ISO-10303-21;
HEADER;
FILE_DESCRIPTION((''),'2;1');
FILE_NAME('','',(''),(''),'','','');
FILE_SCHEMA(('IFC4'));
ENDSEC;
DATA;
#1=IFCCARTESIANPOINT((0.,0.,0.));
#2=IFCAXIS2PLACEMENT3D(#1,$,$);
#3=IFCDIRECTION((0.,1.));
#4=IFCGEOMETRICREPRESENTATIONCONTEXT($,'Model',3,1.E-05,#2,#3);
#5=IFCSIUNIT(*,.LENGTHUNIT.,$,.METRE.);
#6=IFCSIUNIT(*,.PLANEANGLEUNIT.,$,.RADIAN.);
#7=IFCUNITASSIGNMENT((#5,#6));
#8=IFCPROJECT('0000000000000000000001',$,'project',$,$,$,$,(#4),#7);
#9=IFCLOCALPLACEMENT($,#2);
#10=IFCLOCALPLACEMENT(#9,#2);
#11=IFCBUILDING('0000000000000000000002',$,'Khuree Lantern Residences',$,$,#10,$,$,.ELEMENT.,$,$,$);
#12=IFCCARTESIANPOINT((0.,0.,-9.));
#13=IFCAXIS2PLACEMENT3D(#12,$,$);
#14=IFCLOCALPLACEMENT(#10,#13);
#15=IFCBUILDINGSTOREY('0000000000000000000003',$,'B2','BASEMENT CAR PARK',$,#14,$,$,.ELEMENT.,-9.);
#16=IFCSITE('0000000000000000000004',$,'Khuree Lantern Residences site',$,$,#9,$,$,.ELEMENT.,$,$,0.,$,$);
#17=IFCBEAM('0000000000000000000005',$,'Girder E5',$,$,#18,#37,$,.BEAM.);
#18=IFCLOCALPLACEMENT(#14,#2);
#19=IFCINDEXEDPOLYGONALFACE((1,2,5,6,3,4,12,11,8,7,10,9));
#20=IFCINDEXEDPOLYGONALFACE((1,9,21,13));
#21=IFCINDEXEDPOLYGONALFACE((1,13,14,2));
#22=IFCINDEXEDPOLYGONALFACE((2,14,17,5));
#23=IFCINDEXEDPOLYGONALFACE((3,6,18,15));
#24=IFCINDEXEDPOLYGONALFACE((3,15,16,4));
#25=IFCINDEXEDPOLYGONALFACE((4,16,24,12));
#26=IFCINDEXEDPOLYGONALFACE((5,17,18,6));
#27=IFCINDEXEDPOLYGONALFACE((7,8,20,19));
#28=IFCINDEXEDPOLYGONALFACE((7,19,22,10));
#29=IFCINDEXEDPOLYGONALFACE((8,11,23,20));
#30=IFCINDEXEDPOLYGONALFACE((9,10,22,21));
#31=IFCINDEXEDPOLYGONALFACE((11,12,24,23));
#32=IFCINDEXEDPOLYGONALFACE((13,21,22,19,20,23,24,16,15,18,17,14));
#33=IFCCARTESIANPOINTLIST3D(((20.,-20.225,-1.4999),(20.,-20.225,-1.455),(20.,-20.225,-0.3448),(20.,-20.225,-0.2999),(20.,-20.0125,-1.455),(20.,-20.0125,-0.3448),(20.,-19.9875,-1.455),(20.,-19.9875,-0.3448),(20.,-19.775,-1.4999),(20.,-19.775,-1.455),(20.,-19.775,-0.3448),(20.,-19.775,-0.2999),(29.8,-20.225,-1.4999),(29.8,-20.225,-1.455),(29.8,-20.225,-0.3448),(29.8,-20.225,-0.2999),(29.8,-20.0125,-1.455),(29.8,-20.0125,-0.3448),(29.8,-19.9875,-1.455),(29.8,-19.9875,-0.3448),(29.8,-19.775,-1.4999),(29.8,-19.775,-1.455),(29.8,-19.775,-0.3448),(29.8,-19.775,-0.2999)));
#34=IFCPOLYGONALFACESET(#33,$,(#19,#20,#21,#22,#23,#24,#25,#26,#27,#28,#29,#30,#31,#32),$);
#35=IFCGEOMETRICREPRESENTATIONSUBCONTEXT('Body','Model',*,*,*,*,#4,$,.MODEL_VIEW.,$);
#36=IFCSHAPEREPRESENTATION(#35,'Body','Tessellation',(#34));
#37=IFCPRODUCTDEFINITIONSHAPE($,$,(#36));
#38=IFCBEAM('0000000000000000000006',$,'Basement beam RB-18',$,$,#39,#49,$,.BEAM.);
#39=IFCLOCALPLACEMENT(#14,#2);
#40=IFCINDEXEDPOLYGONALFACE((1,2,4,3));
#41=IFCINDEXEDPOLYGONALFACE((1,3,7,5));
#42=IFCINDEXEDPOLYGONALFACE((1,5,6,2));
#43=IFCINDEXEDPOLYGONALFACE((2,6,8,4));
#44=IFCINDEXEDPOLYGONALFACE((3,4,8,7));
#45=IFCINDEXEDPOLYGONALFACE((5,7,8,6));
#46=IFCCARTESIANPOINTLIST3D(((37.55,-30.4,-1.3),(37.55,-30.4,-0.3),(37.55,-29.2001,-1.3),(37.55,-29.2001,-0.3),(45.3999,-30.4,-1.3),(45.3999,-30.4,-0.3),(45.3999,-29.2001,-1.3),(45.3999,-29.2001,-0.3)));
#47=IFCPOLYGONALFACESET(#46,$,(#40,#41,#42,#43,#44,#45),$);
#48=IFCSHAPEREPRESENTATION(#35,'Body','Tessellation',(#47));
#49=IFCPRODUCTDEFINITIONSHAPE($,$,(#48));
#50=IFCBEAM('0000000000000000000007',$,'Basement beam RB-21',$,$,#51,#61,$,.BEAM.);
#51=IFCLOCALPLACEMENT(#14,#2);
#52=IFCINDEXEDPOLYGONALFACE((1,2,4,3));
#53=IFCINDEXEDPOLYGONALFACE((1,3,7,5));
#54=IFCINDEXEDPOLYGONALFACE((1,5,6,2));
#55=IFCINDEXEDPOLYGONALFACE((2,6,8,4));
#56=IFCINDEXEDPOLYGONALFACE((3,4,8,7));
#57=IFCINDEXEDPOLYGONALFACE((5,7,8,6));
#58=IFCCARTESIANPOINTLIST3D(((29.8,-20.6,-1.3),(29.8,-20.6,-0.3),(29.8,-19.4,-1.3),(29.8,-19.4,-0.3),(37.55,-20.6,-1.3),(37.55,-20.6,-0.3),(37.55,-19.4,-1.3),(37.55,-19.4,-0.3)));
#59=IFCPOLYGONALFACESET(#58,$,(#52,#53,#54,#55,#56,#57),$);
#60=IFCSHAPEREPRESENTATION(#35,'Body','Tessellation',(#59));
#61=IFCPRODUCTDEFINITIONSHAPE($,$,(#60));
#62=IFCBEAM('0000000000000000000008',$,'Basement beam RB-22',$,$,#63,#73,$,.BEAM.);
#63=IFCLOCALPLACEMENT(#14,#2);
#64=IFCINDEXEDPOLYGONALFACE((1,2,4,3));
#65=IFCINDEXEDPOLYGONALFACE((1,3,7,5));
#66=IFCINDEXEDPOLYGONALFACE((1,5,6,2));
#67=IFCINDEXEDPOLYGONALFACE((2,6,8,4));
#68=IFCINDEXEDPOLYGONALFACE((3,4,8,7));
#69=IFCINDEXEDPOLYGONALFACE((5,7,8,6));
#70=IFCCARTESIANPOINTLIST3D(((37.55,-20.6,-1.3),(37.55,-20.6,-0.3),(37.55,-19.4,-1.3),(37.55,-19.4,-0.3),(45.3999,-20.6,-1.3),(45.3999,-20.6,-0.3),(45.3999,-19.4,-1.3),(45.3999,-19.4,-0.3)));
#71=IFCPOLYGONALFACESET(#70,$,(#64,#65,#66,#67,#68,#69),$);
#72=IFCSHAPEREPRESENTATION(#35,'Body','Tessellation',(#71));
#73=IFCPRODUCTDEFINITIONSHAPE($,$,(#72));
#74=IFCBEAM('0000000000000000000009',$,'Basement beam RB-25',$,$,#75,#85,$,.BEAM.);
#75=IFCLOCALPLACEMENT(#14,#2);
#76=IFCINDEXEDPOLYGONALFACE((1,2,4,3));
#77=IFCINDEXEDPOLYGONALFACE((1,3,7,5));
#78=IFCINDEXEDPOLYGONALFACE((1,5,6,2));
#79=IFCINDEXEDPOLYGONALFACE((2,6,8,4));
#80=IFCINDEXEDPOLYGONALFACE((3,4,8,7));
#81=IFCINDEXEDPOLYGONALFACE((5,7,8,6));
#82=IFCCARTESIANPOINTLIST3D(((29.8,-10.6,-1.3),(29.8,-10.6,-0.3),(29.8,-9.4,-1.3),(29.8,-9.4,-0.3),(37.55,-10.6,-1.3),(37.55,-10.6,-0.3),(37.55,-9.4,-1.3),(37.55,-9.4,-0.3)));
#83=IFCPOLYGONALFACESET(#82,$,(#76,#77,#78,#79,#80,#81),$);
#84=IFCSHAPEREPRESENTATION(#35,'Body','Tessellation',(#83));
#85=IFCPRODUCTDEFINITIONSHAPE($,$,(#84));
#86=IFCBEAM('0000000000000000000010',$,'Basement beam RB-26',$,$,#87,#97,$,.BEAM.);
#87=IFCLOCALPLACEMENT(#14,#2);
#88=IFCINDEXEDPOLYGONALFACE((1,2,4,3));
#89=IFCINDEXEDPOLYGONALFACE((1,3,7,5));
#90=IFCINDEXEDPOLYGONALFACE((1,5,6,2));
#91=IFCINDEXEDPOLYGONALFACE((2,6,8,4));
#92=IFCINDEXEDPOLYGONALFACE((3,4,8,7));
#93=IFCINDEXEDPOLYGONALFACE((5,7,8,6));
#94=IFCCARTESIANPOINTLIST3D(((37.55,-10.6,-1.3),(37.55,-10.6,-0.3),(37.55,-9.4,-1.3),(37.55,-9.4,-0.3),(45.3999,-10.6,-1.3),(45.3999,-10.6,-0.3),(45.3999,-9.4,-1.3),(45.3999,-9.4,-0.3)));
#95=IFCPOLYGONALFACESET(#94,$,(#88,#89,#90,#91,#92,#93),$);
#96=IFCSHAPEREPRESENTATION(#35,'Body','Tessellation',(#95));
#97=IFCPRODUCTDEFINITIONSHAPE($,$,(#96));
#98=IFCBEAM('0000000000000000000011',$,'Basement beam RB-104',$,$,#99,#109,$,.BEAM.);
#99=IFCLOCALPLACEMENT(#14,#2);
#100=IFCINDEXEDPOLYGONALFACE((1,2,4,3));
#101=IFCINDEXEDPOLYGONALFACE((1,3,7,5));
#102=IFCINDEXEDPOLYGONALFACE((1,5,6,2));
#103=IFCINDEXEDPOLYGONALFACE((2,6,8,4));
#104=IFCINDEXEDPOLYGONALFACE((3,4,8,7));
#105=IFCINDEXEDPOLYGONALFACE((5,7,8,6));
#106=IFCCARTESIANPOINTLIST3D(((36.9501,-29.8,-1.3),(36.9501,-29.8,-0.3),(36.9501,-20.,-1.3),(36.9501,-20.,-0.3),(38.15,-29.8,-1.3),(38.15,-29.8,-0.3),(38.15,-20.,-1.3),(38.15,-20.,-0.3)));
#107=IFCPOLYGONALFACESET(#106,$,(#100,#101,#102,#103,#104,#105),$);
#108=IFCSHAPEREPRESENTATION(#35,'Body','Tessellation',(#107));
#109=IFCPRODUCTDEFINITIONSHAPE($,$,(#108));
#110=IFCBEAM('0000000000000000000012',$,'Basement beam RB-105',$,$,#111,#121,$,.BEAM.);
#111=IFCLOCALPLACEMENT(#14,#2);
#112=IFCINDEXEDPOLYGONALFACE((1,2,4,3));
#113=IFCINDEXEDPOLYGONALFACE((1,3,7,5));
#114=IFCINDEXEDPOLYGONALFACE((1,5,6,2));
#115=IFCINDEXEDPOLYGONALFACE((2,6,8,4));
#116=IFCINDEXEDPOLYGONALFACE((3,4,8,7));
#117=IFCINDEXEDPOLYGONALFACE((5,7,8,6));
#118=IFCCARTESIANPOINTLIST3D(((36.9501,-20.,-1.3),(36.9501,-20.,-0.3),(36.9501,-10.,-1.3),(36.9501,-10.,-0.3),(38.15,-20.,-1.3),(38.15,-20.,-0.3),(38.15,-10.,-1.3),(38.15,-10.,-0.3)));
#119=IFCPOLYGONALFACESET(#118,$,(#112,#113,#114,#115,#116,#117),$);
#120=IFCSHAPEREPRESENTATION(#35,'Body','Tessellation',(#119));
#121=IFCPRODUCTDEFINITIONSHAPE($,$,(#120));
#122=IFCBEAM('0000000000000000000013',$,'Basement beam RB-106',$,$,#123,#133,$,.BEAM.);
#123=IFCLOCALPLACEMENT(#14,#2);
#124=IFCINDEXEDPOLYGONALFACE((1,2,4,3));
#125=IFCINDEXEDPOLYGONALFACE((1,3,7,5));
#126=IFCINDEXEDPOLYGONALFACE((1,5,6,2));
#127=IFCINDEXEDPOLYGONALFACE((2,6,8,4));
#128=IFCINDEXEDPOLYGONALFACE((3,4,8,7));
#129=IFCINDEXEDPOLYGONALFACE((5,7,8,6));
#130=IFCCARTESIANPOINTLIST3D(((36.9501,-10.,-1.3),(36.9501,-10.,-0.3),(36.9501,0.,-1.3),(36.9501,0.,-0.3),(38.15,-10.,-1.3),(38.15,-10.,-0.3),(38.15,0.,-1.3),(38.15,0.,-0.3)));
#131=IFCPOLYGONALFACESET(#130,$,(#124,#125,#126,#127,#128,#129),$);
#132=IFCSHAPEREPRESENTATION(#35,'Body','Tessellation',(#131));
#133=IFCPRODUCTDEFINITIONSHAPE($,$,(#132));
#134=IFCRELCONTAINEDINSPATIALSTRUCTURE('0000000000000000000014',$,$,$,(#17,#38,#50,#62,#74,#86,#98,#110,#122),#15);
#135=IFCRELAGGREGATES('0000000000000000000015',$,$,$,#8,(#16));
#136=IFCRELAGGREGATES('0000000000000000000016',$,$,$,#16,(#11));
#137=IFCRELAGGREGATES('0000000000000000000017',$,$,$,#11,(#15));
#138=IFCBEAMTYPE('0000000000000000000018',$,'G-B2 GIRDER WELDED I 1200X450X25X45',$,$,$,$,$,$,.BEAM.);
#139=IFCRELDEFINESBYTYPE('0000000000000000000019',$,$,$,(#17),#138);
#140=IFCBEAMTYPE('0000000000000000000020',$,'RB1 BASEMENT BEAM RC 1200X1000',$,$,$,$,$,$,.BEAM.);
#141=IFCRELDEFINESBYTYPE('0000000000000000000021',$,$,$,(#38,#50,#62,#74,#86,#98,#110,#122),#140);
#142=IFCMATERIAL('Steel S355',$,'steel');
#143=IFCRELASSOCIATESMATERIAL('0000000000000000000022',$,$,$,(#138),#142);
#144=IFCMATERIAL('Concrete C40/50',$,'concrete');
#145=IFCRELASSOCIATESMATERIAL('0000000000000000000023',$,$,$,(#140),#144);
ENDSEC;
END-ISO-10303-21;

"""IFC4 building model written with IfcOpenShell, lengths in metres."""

from ifc_helpers import new_model, si_unit, direction, frame, origin, origin_2d, place, context, subcontext, project, spatial, rectangle, i_section, extrude, material, material_profile, profile_set, type_object, element, save


model = new_model("IFC4")

# Units and contexts
model_context = context("Model", 3, precision=1e-05, world=origin(), true_north=direction((0.0, 1.0)))
body_context = subcontext(model_context, "Body", "Model", "MODEL_VIEW")
ifc_project = project(units=[si_unit("LENGTHUNIT", "METRE"), si_unit("PLANEANGLEUNIT", "RADIAN")], contexts=[model_context])

# Site, building, storey
site_placement = place(None, origin())
site = spatial("IfcSite", under=ifc_project, at=site_placement, Name="Khuree Lantern Residences site", CompositionType="ELEMENT", RefElevation=0.0)
building_placement = place(site_placement, origin())
building = spatial("IfcBuilding", under=site, at=building_placement, Name="Khuree Lantern Residences", CompositionType="ELEMENT")
storey_placement = place(building_placement, frame((0.0, 0.0, -9.0)))
storey = spatial("IfcBuildingStorey", under=building, at=storey_placement, Name="B2", Description="BASEMENT CAR PARK", CompositionType="ELEMENT", Elevation=-9.0)

# Beams
ifc_material_1 = material(Name="Steel S355", Category="steel")
ifc_material_profile_1 = material_profile(ifc_material_1, i_section(OverallWidth=0.45, OverallDepth=1.2, WebThickness=0.0249, FlangeThickness=0.0449, at=origin_2d()), Name="WELDED I 1200X450X25X45")
ifc_profile_set_1 = profile_set([ifc_material_profile_1], Name="Steel S355")
beam_type_1 = type_object("IfcBeamType", Name="G-B2 GIRDER WELDED I 1200X450X25X45", PredefinedType="BEAM", material=ifc_profile_set_1)
beam_1_placement = place(storey_placement, frame((29.8, -20.0, -0.8999), z_axis=(-1.0, 0.0, 0.0), x_axis=(0.0, -1.0, 0.0)))
element("IfcBeam", 1, at=beam_1_placement, inside=storey, type_object=beam_type_1, Name="Girder E5", PredefinedType="BEAM", context=body_context, shape_type="SweptSolid", body=[
    extrude(i_section(OverallWidth=0.45, OverallDepth=1.2, WebThickness=0.0249, FlangeThickness=0.0449, at=origin_2d()), origin(), (0.0, 0.0, 1.0), 9.8),
])
ifc_material_2 = material(Name="Concrete C40/50", Category="concrete")
ifc_material_profile_2 = material_profile(ifc_material_2, rectangle(XDim=1.2, YDim=1.0, at=origin_2d()), Name="RC 1200X1000")
ifc_profile_set_2 = profile_set([ifc_material_profile_2], Name="Concrete C40/50")
beam_type_2 = type_object("IfcBeamType", Name="RB1 BASEMENT BEAM RC 1200X1000", PredefinedType="BEAM", material=ifc_profile_set_2)
beam_2_placement = place(storey_placement, frame((37.55, -29.8, -0.8), z_axis=(1.0, 0.0, 0.0), x_axis=(0.0, 1.0, 0.0)))
element("IfcBeam", 2, at=beam_2_placement, inside=storey, type_object=beam_type_2, Name="Basement beam RB-18", PredefinedType="BEAM", context=body_context, shape_type="SweptSolid", body=[
    extrude(rectangle(XDim=1.2, YDim=1.0, at=origin_2d()), origin(), (0.0, 0.0, 1.0), 7.8499),
])
beam_3_placement = place(storey_placement, frame((29.8, -20.0, -0.8), z_axis=(1.0, 0.0, 0.0), x_axis=(0.0, 1.0, 0.0)))
element("IfcBeam", 3, at=beam_3_placement, inside=storey, type_object=beam_type_2, Name="Basement beam RB-21", PredefinedType="BEAM", context=body_context, shape_type="SweptSolid", body=[
    extrude(rectangle(XDim=1.2, YDim=1.0, at=origin_2d()), origin(), (0.0, 0.0, 1.0), 7.75),
])
beam_4_placement = place(storey_placement, frame((37.55, -20.0, -0.8), z_axis=(1.0, 0.0, 0.0), x_axis=(0.0, 1.0, 0.0)))
element("IfcBeam", 4, at=beam_4_placement, inside=storey, type_object=beam_type_2, Name="Basement beam RB-22", PredefinedType="BEAM", context=body_context, shape_type="SweptSolid", body=[
    extrude(rectangle(XDim=1.2, YDim=1.0, at=origin_2d()), origin(), (0.0, 0.0, 1.0), 7.8499),
])
beam_5_placement = place(storey_placement, frame((29.8, -10.0, -0.8), z_axis=(1.0, 0.0, 0.0), x_axis=(0.0, 1.0, 0.0)))
element("IfcBeam", 5, at=beam_5_placement, inside=storey, type_object=beam_type_2, Name="Basement beam RB-25", PredefinedType="BEAM", context=body_context, shape_type="SweptSolid", body=[
    extrude(rectangle(XDim=1.2, YDim=1.0, at=origin_2d()), origin(), (0.0, 0.0, 1.0), 7.75),
])
beam_6_placement = place(storey_placement, frame((37.55, -10.0, -0.8), z_axis=(1.0, 0.0, 0.0), x_axis=(0.0, 1.0, 0.0)))
element("IfcBeam", 6, at=beam_6_placement, inside=storey, type_object=beam_type_2, Name="Basement beam RB-26", PredefinedType="BEAM", context=body_context, shape_type="SweptSolid", body=[
    extrude(rectangle(XDim=1.2, YDim=1.0, at=origin_2d()), origin(), (0.0, 0.0, 1.0), 7.8499),
])
beam_7_placement = place(storey_placement, frame((37.55, -29.8, -0.8), z_axis=(0.0, 1.0, 0.0), x_axis=(-1.0, 0.0, 0.0)))
element("IfcBeam", 7, at=beam_7_placement, inside=storey, type_object=beam_type_2, Name="Basement beam RB-104", PredefinedType="BEAM", context=body_context, shape_type="SweptSolid", body=[
    extrude(rectangle(XDim=1.2, YDim=1.0, at=origin_2d()), origin(), (0.0, 0.0, 1.0), 9.8),
])
for number, where, z_axis, x_axis, name in (
    (8, (37.55, -20.0, -0.8), (0.0, 1.0, 0.0), (-1.0, 0.0, 0.0), "Basement beam RB-105"),
    (9, (37.55, -10.0, -0.8), (0.0, 1.0, 0.0), (-1.0, 0.0, 0.0), "Basement beam RB-106"),
):
    element("IfcBeam", number, at=place(storey_placement, frame(where, z_axis=z_axis, x_axis=x_axis)), inside=storey, type_object=beam_type_2, Name=name, PredefinedType="BEAM", context=body_context, shape_type="SweptSolid", body=[
        extrude(rectangle(XDim=1.2, YDim=1.0, at=origin_2d()), origin(), (0.0, 0.0, 1.0), 10.0),
    ])

save(model, "model.ifc")
